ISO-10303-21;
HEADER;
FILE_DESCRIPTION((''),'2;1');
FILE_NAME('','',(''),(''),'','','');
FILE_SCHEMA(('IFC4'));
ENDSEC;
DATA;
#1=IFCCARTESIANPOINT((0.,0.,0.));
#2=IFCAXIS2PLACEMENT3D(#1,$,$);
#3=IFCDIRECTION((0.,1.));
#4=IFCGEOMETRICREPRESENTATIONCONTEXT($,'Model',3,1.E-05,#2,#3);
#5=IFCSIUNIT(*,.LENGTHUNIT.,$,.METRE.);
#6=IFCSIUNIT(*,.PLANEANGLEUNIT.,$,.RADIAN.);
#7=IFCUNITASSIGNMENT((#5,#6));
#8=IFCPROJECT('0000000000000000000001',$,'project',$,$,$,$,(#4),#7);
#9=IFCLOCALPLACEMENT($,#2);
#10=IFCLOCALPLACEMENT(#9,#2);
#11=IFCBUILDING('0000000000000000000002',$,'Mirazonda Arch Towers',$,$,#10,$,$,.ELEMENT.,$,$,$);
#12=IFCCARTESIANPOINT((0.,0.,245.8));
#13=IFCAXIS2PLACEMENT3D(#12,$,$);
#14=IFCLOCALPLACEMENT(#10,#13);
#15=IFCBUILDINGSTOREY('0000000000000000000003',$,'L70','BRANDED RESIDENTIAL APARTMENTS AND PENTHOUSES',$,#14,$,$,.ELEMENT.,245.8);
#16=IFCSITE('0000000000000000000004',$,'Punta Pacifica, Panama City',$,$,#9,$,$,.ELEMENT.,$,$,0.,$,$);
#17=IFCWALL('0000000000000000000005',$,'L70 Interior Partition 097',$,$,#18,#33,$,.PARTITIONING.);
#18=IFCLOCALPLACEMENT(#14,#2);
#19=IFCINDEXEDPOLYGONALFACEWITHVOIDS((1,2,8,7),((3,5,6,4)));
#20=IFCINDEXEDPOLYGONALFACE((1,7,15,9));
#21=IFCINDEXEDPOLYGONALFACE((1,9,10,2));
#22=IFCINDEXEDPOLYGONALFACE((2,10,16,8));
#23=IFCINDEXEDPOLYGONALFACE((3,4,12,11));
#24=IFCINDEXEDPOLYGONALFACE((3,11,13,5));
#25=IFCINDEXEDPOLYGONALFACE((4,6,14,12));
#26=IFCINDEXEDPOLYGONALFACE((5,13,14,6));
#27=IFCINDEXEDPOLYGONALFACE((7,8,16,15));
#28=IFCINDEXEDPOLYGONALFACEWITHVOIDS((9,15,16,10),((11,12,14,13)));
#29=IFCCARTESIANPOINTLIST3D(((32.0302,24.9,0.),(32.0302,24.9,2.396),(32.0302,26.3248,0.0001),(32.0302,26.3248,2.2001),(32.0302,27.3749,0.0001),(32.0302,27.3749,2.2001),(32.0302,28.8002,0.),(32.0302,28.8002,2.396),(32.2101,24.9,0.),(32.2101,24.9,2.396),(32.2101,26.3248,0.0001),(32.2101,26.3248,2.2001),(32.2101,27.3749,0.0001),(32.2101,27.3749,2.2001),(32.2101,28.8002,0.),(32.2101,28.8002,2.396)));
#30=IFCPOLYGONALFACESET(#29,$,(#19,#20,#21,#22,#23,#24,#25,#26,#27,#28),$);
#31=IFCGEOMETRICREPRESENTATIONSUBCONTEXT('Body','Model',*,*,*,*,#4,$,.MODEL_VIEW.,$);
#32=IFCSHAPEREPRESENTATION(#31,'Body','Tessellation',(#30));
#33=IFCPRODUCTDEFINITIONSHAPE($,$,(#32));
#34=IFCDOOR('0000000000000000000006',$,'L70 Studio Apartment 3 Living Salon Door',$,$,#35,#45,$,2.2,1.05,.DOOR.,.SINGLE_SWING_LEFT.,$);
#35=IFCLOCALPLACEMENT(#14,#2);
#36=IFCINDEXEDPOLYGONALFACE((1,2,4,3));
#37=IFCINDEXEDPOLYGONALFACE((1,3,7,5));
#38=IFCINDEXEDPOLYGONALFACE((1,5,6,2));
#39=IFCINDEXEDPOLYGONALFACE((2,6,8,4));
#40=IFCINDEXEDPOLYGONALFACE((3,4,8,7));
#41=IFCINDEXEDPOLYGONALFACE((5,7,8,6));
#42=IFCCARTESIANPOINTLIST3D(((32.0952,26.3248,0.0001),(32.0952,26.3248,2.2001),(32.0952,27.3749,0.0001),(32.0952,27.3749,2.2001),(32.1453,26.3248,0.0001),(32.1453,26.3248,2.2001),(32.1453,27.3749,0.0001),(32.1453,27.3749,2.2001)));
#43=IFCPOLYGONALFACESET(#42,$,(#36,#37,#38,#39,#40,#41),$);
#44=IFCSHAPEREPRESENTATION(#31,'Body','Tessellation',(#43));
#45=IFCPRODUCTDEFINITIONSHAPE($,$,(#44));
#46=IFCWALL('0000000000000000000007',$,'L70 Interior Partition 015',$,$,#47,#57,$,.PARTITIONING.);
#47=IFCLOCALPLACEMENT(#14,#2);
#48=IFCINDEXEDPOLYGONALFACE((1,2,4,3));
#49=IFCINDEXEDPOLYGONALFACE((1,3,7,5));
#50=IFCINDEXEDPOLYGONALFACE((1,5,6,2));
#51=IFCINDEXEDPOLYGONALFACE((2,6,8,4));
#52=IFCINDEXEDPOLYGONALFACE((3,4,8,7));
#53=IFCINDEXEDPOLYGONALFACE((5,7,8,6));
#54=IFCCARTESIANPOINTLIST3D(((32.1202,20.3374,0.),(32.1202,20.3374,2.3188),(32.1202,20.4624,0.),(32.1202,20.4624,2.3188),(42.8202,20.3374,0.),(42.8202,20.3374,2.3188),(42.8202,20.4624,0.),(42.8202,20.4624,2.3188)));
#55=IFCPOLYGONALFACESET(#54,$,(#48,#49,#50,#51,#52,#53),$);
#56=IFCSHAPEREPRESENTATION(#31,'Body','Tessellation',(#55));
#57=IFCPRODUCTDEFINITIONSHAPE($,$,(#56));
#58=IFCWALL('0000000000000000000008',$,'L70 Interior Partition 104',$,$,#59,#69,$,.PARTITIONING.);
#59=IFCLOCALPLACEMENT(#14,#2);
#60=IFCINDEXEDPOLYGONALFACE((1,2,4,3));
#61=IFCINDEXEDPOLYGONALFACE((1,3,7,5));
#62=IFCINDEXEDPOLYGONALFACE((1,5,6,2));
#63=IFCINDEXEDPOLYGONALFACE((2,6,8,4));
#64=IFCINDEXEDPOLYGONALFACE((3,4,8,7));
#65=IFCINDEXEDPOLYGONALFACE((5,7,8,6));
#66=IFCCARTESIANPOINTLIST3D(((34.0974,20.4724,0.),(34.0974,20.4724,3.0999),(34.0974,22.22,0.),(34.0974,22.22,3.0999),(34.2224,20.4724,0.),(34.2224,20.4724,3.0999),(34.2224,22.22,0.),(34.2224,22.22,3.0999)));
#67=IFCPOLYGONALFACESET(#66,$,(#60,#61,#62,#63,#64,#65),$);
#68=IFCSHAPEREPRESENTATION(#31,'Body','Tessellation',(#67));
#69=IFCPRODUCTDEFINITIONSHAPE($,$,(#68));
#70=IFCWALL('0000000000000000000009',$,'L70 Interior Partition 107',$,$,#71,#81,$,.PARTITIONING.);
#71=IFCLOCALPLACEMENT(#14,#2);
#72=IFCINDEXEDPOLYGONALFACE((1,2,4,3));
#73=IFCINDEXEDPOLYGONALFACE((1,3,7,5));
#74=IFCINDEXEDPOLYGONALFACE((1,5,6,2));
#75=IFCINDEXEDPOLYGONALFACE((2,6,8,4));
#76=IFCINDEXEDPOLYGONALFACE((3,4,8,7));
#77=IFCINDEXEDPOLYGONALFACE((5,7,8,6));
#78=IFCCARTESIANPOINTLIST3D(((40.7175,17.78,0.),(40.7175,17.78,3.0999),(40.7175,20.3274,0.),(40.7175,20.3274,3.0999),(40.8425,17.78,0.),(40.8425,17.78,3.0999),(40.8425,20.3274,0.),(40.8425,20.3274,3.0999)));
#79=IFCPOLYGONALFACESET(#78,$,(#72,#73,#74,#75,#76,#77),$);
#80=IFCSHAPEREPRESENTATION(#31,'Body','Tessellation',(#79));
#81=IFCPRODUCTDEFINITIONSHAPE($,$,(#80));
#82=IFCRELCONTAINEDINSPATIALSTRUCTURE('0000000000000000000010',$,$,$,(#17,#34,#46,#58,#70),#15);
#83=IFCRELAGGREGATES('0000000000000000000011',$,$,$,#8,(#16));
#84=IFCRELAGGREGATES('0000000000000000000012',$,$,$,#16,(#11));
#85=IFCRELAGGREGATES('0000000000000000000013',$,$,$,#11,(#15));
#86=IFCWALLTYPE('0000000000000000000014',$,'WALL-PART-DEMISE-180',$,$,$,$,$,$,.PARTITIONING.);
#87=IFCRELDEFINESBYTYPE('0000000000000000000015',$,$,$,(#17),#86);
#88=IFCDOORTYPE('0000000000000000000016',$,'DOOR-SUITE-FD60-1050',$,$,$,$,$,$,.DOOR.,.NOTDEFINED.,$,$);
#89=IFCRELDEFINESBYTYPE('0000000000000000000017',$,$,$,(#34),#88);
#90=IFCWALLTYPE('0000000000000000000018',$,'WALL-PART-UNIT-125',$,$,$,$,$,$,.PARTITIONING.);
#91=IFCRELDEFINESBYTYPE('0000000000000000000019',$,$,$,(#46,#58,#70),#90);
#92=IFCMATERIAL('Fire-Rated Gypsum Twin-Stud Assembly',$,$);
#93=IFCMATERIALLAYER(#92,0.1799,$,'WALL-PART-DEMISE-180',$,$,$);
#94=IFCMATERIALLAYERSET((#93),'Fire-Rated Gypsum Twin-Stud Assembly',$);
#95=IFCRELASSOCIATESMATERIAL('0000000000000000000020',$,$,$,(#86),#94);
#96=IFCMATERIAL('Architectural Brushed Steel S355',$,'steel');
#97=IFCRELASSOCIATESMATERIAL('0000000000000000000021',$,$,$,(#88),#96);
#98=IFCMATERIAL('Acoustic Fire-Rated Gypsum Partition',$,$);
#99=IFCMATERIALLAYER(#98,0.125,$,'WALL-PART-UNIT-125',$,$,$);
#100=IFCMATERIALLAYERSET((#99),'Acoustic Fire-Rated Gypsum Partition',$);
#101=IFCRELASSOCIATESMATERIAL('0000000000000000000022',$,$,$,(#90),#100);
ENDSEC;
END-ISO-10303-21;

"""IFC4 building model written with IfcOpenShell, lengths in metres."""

from ifc_helpers import new_model, si_unit, direction, frame, frame_2d, origin, place, context, subcontext, project, spatial, rectangle, extrude, material, layer, layer_set, type_object, element, fill, save


model = new_model("IFC4")

# Units and contexts
model_context = context("Model", 3, precision=1e-05, world=origin(), true_north=direction((0.0, 1.0)))
body_context = subcontext(model_context, "Body", "Model", "MODEL_VIEW")
ifc_project = project(units=[si_unit("LENGTHUNIT", "METRE"), si_unit("PLANEANGLEUNIT", "RADIAN")], contexts=[model_context])

# Site, building, storey
site_placement = place(None, origin())
site = spatial("IfcSite", under=ifc_project, at=site_placement, Name="Punta Pacifica, Panama City", CompositionType="ELEMENT", RefElevation=0.0)
building_placement = place(site_placement, origin())
building = spatial("IfcBuilding", under=site, at=building_placement, Name="Mirazonda Arch Towers", CompositionType="ELEMENT")
storey_placement = place(building_placement, frame((0.0, 0.0, 245.8)))
storey = spatial("IfcBuildingStorey", under=building, at=storey_placement, Name="L70", Description="BRANDED RESIDENTIAL APARTMENTS AND PENTHOUSES", CompositionType="ELEMENT", Elevation=245.8)

# Shared definitions
ifc_material_1 = material(Name="Fire-Rated Gypsum Twin-Stud Assembly")
ifc_layer_1 = layer(ifc_material_1, 0.1799, Name="WALL-PART-DEMISE-180")
ifc_layer_set_1 = layer_set([ifc_layer_1], Name="Fire-Rated Gypsum Twin-Stud Assembly")
wall_type_1 = type_object("IfcWallType", Name="WALL-PART-DEMISE-180", PredefinedType="PARTITIONING", material=ifc_layer_set_1)
ifc_material_2 = material(Name="Architectural Brushed Steel S355", Category="steel")

# Wall, opening, door
door_type_1 = type_object("IfcDoorType", Name="DOOR-SUITE-FD60-1050", OperationType="NOTDEFINED", PredefinedType="DOOR", material=ifc_material_2)
wall_1_placement = place(storey_placement, frame((32.1201, 24.8999, 0.0), z_axis=(0.0, 0.0, 1.0), x_axis=(0.0, 1.0, 0.0)))
wall_1 = element("IfcWall", 1, at=wall_1_placement, inside=storey, type_object=wall_type_1, Name="L70 Interior Partition 097", PredefinedType="PARTITIONING", context=body_context, shape_type="SweptSolid", body=[
    extrude(rectangle(XDim=3.9001, YDim=0.1799, at=frame_2d((1.9502, 0.0))), origin(), (0.0, 0.0, 1.0), 2.396),
])
opening_1_placement = place(wall_1_placement, frame((1.425, 0.0, 0.0)))
opening_1 = element("IfcOpeningElement", 2, at=opening_1_placement, cuts=wall_1, PredefinedType="OPENING", context=body_context, shape_type="SweptSolid", body=[
    extrude(rectangle(XDim=1.05, YDim=2.2, at=frame_2d((0.5249, 1.1001))), frame((0.0, 0.0999, 0.0), z_axis=(0.0, -1.0, 0.0), x_axis=(1.0, 0.0, 0.0)), (0.0, 0.0, 1.0), 0.2),
])
door_1_placement = place(opening_1_placement, origin())
door_1 = element("IfcDoor", 3, at=door_1_placement, inside=storey, type_object=door_type_1, Name="L70 Studio Apartment 3 Living Salon Door", OperationType="SINGLE_SWING_LEFT", OverallHeight=2.2, OverallWidth=1.05, PredefinedType="DOOR", context=body_context, shape_type="SweptSolid", body=[
    extrude(rectangle(XDim=1.05, YDim=2.2, at=frame_2d((0.5249, 1.1001))), frame((0.0, 0.0249, 0.0), z_axis=(0.0, -1.0, 0.0), x_axis=(1.0, 0.0, 0.0)), (0.0, 0.0, 1.0), 0.05),
])
fill(opening_1, door_1)

# Walls
ifc_material_3 = material(Name="Acoustic Fire-Rated Gypsum Partition")
ifc_layer_2 = layer(ifc_material_3, 0.125, Name="WALL-PART-UNIT-125")
ifc_layer_set_2 = layer_set([ifc_layer_2], Name="Acoustic Fire-Rated Gypsum Partition")
wall_type_2 = type_object("IfcWallType", Name="WALL-PART-UNIT-125", PredefinedType="PARTITIONING", material=ifc_layer_set_2)
wall_2_placement = place(storey_placement, frame((32.1201, 20.3999, 0.0), z_axis=(0.0, 0.0, 1.0), x_axis=(1.0, 0.0, 0.0)))
element("IfcWall", 4, at=wall_2_placement, inside=storey, type_object=wall_type_2, Name="L70 Interior Partition 015", PredefinedType="PARTITIONING", context=body_context, shape_type="SweptSolid", body=[
    extrude(rectangle(XDim=10.7, YDim=0.125, at=frame_2d((5.3501, 0.0))), origin(), (0.0, 0.0, 1.0), 2.3188),
])
wall_3_placement = place(storey_placement, frame((34.1599, 20.4724, 0.0), z_axis=(0.0, 0.0, 1.0), x_axis=(0.0, 1.0, 0.0)))
element("IfcWall", 5, at=wall_3_placement, inside=storey, type_object=wall_type_2, Name="L70 Interior Partition 104", PredefinedType="PARTITIONING", context=body_context, shape_type="SweptSolid", body=[
    extrude(rectangle(XDim=1.7476, YDim=0.125, at=frame_2d((0.8738, 0.0))), origin(), (0.0, 0.0, 1.0), 3.0999),
])
wall_4_placement = place(storey_placement, frame((40.78, 17.78, 0.0), z_axis=(0.0, 0.0, 1.0), x_axis=(0.0, 1.0, 0.0)))
element("IfcWall", 6, at=wall_4_placement, inside=storey, type_object=wall_type_2, Name="L70 Interior Partition 107", PredefinedType="PARTITIONING", context=body_context, shape_type="SweptSolid", body=[
    extrude(rectangle(XDim=2.5474, YDim=0.125, at=frame_2d((1.2737, 0.0))), origin(), (0.0, 0.0, 1.0), 3.0999),
])

save(model, "model.ifc")
